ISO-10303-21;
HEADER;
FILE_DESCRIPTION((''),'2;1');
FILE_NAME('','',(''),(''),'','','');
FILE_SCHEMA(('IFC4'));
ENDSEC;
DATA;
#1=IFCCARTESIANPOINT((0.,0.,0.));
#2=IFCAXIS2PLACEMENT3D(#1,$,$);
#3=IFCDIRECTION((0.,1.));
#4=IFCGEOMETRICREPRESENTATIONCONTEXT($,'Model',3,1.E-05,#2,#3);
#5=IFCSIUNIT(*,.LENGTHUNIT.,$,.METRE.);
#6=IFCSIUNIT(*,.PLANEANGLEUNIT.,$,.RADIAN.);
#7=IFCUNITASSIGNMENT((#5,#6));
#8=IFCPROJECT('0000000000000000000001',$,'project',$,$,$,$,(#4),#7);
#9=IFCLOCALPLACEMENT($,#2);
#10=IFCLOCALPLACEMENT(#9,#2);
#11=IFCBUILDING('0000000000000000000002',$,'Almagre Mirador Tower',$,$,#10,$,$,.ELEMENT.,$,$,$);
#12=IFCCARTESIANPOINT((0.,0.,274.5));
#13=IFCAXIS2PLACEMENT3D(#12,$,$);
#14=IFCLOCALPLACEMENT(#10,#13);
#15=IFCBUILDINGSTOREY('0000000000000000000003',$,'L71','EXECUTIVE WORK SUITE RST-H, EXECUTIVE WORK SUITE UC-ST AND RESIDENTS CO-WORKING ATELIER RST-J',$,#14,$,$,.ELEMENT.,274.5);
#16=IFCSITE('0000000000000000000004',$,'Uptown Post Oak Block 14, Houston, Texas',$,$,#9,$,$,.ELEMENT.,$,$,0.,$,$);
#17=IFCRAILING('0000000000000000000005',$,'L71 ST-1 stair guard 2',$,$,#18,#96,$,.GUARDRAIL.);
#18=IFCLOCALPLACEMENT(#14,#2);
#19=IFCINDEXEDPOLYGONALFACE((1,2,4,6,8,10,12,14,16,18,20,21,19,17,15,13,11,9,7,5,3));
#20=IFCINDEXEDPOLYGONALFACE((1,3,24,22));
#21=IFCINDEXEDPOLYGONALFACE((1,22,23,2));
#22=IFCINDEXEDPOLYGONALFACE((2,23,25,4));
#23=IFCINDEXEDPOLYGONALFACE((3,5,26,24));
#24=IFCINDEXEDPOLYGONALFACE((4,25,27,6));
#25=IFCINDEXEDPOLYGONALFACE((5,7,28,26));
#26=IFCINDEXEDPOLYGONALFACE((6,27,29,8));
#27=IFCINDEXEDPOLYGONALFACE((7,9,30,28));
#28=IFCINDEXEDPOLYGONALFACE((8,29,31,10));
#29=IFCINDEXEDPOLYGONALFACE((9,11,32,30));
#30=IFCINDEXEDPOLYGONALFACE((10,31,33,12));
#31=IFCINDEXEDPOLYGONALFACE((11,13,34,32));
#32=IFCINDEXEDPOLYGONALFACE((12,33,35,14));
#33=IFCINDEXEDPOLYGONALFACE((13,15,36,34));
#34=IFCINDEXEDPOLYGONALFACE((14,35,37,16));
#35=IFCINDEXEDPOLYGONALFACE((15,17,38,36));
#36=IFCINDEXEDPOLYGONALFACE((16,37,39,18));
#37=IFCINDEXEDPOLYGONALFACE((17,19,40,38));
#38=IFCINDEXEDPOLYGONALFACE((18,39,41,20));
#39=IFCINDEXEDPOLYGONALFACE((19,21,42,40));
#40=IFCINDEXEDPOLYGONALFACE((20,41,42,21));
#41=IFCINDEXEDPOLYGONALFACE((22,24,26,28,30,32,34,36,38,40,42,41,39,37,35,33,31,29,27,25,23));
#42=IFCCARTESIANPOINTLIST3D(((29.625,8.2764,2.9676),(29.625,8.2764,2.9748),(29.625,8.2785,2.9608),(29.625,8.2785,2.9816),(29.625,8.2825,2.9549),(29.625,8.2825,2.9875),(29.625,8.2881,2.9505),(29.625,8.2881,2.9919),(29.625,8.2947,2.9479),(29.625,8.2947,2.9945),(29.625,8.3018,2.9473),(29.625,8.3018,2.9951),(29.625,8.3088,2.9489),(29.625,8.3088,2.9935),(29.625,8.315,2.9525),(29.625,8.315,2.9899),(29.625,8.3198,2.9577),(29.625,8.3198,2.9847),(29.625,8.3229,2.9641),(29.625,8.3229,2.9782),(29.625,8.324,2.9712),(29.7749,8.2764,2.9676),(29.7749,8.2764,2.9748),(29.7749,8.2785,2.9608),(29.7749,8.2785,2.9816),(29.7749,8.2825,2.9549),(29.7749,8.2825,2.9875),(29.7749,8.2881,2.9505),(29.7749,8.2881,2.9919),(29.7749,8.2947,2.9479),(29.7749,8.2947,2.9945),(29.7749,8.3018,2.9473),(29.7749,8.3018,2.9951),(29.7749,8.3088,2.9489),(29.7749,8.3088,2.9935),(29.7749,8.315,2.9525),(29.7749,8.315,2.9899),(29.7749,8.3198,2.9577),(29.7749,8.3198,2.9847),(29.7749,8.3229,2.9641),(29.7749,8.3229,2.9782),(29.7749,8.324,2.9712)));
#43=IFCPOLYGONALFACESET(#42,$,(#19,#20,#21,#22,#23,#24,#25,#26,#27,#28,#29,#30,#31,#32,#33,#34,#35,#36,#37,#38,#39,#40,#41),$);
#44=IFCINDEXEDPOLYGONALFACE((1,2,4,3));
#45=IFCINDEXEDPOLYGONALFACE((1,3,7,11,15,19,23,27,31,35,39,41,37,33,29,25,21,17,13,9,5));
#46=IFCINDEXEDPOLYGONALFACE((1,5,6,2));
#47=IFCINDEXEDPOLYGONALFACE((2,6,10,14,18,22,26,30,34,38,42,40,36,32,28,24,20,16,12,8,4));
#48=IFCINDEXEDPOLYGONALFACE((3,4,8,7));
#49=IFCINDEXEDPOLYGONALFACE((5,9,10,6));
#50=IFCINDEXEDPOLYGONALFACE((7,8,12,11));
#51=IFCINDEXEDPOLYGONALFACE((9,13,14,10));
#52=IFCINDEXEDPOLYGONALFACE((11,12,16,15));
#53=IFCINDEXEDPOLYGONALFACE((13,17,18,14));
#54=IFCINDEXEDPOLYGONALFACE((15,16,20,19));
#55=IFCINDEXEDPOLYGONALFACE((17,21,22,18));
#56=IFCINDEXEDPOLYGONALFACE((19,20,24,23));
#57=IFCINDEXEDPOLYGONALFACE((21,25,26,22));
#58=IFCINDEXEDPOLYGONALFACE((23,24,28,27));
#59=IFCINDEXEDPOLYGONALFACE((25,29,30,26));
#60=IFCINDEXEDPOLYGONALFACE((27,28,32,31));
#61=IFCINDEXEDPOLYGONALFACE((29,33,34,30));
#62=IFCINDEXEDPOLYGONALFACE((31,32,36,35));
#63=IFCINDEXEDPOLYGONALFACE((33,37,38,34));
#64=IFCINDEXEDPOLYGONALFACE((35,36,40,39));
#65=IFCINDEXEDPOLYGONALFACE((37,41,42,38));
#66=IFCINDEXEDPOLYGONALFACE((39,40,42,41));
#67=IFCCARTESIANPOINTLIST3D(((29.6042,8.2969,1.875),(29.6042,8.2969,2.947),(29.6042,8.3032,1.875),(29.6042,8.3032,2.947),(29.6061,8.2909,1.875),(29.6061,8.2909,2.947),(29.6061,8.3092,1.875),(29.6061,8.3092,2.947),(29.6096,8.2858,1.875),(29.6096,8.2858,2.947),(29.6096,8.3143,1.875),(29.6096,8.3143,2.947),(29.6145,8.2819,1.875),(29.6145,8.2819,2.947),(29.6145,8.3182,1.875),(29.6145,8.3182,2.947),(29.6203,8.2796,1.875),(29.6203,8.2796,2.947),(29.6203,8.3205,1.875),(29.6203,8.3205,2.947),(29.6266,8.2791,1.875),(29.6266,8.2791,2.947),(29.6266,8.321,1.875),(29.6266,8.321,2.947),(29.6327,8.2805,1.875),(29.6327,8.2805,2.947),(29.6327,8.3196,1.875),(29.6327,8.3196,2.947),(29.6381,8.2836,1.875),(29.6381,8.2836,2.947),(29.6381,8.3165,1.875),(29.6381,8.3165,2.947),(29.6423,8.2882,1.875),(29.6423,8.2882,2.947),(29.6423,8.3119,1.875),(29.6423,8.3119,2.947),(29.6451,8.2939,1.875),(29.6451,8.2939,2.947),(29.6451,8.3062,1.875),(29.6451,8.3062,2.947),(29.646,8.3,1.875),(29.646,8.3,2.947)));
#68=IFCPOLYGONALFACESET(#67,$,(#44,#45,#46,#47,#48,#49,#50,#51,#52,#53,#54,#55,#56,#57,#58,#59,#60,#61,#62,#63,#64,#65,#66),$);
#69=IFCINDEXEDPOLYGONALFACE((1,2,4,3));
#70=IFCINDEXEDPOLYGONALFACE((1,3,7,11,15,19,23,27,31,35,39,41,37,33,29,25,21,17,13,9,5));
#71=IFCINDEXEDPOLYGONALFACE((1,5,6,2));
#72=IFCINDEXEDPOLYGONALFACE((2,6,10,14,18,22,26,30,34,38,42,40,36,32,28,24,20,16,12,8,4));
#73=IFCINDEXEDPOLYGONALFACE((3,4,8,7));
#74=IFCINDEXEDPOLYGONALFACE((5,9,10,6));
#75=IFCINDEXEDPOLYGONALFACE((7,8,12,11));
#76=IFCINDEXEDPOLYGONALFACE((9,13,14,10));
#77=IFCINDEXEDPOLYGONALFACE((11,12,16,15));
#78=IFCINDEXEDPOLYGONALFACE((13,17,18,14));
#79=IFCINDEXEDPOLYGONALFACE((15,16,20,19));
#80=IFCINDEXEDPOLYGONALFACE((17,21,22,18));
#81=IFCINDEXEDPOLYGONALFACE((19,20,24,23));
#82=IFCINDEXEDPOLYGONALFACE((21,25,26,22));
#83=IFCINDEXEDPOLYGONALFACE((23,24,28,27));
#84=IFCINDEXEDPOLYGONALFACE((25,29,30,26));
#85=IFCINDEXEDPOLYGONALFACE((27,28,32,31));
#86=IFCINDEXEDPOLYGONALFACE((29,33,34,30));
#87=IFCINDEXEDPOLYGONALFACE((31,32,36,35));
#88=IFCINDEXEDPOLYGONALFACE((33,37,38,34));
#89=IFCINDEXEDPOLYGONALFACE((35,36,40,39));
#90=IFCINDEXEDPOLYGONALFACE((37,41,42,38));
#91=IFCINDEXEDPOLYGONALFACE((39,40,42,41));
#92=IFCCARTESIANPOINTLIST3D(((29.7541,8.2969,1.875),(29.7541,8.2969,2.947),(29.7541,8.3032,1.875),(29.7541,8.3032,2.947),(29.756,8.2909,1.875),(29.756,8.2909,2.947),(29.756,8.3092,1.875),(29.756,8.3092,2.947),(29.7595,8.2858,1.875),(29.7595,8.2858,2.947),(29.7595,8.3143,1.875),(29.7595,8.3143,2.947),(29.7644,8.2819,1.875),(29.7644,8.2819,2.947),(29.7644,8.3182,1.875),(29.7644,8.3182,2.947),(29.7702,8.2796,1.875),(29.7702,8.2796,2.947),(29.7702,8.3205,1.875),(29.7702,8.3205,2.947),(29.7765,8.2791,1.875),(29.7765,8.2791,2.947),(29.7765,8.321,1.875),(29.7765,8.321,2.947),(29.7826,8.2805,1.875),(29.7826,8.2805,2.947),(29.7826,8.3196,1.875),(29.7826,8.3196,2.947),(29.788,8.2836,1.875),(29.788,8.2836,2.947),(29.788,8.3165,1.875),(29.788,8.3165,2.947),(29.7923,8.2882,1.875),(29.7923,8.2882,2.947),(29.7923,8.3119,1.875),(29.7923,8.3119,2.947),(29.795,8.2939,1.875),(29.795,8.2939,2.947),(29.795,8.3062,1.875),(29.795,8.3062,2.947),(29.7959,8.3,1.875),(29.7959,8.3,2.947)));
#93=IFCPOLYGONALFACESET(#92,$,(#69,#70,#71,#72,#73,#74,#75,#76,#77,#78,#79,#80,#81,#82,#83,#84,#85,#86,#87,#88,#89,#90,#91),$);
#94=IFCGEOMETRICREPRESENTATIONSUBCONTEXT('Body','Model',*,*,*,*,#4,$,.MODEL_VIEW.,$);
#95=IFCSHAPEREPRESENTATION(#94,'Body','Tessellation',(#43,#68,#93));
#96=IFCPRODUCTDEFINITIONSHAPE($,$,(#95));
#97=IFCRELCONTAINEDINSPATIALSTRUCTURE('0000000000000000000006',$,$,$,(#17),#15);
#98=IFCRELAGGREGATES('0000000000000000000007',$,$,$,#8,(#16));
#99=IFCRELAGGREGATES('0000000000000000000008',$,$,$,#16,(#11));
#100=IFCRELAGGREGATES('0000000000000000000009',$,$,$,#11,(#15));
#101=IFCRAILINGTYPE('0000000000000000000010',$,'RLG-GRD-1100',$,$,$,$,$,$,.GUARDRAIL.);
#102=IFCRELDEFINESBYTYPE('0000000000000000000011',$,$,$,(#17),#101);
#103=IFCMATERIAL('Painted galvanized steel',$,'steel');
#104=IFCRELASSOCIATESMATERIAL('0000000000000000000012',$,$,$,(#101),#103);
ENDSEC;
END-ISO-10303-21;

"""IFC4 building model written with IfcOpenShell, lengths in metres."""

from ifc_helpers import new_model, si_unit, direction, frame, origin, origin_2d, place, context, subcontext, project, spatial, circle, extrude, material, type_object, element, save


model = new_model("IFC4")

# Units and contexts
model_context = context("Model", 3, precision=1e-05, world=origin(), true_north=direction((0.0, 1.0)))
body_context = subcontext(model_context, "Body", "Model", "MODEL_VIEW")
ifc_project = project(units=[si_unit("LENGTHUNIT", "METRE"), si_unit("PLANEANGLEUNIT", "RADIAN")], contexts=[model_context])

# Site, building, storey
site_placement = place(None, origin())
site = spatial("IfcSite", under=ifc_project, at=site_placement, Name="Uptown Post Oak Block 14, Houston, Texas", CompositionType="ELEMENT", RefElevation=0.0)
building_placement = place(site_placement, origin())
building = spatial("IfcBuilding", under=site, at=building_placement, Name="Almagre Mirador Tower", CompositionType="ELEMENT")
storey_placement = place(building_placement, frame((0.0, 0.0, 274.5)))
storey = spatial("IfcBuildingStorey", under=building, at=storey_placement, Name="L71", Description="EXECUTIVE WORK SUITE RST-H, EXECUTIVE WORK SUITE UC-ST AND RESIDENTS CO-WORKING ATELIER RST-J", CompositionType="ELEMENT", Elevation=274.5)

# Railing
ifc_material_1 = material(Name="Painted galvanized steel", Category="steel")
railing_type_1 = type_object("IfcRailingType", Name="RLG-GRD-1100", PredefinedType="GUARDRAIL", material=ifc_material_1)
railing_1_placement = place(storey_placement, frame((29.625, 8.3, 1.875)))
element("IfcRailing", 1, at=railing_1_placement, inside=storey, type_object=railing_type_1, Name="L71 ST-1 stair guard 2", PredefinedType="GUARDRAIL", context=body_context, shape_type="SweptSolid", body=[
    extrude(circle(Radius=0.0239, at=origin_2d()), frame((0.0, 0.0, 1.0962), z_axis=(1.0, 0.0, 0.0), x_axis=(0.0, 1.0, 0.0)), (0.0, 0.0, 1.0), 0.1499),
    extrude(circle(Radius=0.021, at=origin_2d()), origin(), (0.0, 0.0, 1.0), 1.072),
    extrude(circle(Radius=0.021, at=origin_2d()), frame((0.1499, 0.0, 0.0)), (0.0, 0.0, 1.0), 1.072),
])

save(model, "model.ifc")
